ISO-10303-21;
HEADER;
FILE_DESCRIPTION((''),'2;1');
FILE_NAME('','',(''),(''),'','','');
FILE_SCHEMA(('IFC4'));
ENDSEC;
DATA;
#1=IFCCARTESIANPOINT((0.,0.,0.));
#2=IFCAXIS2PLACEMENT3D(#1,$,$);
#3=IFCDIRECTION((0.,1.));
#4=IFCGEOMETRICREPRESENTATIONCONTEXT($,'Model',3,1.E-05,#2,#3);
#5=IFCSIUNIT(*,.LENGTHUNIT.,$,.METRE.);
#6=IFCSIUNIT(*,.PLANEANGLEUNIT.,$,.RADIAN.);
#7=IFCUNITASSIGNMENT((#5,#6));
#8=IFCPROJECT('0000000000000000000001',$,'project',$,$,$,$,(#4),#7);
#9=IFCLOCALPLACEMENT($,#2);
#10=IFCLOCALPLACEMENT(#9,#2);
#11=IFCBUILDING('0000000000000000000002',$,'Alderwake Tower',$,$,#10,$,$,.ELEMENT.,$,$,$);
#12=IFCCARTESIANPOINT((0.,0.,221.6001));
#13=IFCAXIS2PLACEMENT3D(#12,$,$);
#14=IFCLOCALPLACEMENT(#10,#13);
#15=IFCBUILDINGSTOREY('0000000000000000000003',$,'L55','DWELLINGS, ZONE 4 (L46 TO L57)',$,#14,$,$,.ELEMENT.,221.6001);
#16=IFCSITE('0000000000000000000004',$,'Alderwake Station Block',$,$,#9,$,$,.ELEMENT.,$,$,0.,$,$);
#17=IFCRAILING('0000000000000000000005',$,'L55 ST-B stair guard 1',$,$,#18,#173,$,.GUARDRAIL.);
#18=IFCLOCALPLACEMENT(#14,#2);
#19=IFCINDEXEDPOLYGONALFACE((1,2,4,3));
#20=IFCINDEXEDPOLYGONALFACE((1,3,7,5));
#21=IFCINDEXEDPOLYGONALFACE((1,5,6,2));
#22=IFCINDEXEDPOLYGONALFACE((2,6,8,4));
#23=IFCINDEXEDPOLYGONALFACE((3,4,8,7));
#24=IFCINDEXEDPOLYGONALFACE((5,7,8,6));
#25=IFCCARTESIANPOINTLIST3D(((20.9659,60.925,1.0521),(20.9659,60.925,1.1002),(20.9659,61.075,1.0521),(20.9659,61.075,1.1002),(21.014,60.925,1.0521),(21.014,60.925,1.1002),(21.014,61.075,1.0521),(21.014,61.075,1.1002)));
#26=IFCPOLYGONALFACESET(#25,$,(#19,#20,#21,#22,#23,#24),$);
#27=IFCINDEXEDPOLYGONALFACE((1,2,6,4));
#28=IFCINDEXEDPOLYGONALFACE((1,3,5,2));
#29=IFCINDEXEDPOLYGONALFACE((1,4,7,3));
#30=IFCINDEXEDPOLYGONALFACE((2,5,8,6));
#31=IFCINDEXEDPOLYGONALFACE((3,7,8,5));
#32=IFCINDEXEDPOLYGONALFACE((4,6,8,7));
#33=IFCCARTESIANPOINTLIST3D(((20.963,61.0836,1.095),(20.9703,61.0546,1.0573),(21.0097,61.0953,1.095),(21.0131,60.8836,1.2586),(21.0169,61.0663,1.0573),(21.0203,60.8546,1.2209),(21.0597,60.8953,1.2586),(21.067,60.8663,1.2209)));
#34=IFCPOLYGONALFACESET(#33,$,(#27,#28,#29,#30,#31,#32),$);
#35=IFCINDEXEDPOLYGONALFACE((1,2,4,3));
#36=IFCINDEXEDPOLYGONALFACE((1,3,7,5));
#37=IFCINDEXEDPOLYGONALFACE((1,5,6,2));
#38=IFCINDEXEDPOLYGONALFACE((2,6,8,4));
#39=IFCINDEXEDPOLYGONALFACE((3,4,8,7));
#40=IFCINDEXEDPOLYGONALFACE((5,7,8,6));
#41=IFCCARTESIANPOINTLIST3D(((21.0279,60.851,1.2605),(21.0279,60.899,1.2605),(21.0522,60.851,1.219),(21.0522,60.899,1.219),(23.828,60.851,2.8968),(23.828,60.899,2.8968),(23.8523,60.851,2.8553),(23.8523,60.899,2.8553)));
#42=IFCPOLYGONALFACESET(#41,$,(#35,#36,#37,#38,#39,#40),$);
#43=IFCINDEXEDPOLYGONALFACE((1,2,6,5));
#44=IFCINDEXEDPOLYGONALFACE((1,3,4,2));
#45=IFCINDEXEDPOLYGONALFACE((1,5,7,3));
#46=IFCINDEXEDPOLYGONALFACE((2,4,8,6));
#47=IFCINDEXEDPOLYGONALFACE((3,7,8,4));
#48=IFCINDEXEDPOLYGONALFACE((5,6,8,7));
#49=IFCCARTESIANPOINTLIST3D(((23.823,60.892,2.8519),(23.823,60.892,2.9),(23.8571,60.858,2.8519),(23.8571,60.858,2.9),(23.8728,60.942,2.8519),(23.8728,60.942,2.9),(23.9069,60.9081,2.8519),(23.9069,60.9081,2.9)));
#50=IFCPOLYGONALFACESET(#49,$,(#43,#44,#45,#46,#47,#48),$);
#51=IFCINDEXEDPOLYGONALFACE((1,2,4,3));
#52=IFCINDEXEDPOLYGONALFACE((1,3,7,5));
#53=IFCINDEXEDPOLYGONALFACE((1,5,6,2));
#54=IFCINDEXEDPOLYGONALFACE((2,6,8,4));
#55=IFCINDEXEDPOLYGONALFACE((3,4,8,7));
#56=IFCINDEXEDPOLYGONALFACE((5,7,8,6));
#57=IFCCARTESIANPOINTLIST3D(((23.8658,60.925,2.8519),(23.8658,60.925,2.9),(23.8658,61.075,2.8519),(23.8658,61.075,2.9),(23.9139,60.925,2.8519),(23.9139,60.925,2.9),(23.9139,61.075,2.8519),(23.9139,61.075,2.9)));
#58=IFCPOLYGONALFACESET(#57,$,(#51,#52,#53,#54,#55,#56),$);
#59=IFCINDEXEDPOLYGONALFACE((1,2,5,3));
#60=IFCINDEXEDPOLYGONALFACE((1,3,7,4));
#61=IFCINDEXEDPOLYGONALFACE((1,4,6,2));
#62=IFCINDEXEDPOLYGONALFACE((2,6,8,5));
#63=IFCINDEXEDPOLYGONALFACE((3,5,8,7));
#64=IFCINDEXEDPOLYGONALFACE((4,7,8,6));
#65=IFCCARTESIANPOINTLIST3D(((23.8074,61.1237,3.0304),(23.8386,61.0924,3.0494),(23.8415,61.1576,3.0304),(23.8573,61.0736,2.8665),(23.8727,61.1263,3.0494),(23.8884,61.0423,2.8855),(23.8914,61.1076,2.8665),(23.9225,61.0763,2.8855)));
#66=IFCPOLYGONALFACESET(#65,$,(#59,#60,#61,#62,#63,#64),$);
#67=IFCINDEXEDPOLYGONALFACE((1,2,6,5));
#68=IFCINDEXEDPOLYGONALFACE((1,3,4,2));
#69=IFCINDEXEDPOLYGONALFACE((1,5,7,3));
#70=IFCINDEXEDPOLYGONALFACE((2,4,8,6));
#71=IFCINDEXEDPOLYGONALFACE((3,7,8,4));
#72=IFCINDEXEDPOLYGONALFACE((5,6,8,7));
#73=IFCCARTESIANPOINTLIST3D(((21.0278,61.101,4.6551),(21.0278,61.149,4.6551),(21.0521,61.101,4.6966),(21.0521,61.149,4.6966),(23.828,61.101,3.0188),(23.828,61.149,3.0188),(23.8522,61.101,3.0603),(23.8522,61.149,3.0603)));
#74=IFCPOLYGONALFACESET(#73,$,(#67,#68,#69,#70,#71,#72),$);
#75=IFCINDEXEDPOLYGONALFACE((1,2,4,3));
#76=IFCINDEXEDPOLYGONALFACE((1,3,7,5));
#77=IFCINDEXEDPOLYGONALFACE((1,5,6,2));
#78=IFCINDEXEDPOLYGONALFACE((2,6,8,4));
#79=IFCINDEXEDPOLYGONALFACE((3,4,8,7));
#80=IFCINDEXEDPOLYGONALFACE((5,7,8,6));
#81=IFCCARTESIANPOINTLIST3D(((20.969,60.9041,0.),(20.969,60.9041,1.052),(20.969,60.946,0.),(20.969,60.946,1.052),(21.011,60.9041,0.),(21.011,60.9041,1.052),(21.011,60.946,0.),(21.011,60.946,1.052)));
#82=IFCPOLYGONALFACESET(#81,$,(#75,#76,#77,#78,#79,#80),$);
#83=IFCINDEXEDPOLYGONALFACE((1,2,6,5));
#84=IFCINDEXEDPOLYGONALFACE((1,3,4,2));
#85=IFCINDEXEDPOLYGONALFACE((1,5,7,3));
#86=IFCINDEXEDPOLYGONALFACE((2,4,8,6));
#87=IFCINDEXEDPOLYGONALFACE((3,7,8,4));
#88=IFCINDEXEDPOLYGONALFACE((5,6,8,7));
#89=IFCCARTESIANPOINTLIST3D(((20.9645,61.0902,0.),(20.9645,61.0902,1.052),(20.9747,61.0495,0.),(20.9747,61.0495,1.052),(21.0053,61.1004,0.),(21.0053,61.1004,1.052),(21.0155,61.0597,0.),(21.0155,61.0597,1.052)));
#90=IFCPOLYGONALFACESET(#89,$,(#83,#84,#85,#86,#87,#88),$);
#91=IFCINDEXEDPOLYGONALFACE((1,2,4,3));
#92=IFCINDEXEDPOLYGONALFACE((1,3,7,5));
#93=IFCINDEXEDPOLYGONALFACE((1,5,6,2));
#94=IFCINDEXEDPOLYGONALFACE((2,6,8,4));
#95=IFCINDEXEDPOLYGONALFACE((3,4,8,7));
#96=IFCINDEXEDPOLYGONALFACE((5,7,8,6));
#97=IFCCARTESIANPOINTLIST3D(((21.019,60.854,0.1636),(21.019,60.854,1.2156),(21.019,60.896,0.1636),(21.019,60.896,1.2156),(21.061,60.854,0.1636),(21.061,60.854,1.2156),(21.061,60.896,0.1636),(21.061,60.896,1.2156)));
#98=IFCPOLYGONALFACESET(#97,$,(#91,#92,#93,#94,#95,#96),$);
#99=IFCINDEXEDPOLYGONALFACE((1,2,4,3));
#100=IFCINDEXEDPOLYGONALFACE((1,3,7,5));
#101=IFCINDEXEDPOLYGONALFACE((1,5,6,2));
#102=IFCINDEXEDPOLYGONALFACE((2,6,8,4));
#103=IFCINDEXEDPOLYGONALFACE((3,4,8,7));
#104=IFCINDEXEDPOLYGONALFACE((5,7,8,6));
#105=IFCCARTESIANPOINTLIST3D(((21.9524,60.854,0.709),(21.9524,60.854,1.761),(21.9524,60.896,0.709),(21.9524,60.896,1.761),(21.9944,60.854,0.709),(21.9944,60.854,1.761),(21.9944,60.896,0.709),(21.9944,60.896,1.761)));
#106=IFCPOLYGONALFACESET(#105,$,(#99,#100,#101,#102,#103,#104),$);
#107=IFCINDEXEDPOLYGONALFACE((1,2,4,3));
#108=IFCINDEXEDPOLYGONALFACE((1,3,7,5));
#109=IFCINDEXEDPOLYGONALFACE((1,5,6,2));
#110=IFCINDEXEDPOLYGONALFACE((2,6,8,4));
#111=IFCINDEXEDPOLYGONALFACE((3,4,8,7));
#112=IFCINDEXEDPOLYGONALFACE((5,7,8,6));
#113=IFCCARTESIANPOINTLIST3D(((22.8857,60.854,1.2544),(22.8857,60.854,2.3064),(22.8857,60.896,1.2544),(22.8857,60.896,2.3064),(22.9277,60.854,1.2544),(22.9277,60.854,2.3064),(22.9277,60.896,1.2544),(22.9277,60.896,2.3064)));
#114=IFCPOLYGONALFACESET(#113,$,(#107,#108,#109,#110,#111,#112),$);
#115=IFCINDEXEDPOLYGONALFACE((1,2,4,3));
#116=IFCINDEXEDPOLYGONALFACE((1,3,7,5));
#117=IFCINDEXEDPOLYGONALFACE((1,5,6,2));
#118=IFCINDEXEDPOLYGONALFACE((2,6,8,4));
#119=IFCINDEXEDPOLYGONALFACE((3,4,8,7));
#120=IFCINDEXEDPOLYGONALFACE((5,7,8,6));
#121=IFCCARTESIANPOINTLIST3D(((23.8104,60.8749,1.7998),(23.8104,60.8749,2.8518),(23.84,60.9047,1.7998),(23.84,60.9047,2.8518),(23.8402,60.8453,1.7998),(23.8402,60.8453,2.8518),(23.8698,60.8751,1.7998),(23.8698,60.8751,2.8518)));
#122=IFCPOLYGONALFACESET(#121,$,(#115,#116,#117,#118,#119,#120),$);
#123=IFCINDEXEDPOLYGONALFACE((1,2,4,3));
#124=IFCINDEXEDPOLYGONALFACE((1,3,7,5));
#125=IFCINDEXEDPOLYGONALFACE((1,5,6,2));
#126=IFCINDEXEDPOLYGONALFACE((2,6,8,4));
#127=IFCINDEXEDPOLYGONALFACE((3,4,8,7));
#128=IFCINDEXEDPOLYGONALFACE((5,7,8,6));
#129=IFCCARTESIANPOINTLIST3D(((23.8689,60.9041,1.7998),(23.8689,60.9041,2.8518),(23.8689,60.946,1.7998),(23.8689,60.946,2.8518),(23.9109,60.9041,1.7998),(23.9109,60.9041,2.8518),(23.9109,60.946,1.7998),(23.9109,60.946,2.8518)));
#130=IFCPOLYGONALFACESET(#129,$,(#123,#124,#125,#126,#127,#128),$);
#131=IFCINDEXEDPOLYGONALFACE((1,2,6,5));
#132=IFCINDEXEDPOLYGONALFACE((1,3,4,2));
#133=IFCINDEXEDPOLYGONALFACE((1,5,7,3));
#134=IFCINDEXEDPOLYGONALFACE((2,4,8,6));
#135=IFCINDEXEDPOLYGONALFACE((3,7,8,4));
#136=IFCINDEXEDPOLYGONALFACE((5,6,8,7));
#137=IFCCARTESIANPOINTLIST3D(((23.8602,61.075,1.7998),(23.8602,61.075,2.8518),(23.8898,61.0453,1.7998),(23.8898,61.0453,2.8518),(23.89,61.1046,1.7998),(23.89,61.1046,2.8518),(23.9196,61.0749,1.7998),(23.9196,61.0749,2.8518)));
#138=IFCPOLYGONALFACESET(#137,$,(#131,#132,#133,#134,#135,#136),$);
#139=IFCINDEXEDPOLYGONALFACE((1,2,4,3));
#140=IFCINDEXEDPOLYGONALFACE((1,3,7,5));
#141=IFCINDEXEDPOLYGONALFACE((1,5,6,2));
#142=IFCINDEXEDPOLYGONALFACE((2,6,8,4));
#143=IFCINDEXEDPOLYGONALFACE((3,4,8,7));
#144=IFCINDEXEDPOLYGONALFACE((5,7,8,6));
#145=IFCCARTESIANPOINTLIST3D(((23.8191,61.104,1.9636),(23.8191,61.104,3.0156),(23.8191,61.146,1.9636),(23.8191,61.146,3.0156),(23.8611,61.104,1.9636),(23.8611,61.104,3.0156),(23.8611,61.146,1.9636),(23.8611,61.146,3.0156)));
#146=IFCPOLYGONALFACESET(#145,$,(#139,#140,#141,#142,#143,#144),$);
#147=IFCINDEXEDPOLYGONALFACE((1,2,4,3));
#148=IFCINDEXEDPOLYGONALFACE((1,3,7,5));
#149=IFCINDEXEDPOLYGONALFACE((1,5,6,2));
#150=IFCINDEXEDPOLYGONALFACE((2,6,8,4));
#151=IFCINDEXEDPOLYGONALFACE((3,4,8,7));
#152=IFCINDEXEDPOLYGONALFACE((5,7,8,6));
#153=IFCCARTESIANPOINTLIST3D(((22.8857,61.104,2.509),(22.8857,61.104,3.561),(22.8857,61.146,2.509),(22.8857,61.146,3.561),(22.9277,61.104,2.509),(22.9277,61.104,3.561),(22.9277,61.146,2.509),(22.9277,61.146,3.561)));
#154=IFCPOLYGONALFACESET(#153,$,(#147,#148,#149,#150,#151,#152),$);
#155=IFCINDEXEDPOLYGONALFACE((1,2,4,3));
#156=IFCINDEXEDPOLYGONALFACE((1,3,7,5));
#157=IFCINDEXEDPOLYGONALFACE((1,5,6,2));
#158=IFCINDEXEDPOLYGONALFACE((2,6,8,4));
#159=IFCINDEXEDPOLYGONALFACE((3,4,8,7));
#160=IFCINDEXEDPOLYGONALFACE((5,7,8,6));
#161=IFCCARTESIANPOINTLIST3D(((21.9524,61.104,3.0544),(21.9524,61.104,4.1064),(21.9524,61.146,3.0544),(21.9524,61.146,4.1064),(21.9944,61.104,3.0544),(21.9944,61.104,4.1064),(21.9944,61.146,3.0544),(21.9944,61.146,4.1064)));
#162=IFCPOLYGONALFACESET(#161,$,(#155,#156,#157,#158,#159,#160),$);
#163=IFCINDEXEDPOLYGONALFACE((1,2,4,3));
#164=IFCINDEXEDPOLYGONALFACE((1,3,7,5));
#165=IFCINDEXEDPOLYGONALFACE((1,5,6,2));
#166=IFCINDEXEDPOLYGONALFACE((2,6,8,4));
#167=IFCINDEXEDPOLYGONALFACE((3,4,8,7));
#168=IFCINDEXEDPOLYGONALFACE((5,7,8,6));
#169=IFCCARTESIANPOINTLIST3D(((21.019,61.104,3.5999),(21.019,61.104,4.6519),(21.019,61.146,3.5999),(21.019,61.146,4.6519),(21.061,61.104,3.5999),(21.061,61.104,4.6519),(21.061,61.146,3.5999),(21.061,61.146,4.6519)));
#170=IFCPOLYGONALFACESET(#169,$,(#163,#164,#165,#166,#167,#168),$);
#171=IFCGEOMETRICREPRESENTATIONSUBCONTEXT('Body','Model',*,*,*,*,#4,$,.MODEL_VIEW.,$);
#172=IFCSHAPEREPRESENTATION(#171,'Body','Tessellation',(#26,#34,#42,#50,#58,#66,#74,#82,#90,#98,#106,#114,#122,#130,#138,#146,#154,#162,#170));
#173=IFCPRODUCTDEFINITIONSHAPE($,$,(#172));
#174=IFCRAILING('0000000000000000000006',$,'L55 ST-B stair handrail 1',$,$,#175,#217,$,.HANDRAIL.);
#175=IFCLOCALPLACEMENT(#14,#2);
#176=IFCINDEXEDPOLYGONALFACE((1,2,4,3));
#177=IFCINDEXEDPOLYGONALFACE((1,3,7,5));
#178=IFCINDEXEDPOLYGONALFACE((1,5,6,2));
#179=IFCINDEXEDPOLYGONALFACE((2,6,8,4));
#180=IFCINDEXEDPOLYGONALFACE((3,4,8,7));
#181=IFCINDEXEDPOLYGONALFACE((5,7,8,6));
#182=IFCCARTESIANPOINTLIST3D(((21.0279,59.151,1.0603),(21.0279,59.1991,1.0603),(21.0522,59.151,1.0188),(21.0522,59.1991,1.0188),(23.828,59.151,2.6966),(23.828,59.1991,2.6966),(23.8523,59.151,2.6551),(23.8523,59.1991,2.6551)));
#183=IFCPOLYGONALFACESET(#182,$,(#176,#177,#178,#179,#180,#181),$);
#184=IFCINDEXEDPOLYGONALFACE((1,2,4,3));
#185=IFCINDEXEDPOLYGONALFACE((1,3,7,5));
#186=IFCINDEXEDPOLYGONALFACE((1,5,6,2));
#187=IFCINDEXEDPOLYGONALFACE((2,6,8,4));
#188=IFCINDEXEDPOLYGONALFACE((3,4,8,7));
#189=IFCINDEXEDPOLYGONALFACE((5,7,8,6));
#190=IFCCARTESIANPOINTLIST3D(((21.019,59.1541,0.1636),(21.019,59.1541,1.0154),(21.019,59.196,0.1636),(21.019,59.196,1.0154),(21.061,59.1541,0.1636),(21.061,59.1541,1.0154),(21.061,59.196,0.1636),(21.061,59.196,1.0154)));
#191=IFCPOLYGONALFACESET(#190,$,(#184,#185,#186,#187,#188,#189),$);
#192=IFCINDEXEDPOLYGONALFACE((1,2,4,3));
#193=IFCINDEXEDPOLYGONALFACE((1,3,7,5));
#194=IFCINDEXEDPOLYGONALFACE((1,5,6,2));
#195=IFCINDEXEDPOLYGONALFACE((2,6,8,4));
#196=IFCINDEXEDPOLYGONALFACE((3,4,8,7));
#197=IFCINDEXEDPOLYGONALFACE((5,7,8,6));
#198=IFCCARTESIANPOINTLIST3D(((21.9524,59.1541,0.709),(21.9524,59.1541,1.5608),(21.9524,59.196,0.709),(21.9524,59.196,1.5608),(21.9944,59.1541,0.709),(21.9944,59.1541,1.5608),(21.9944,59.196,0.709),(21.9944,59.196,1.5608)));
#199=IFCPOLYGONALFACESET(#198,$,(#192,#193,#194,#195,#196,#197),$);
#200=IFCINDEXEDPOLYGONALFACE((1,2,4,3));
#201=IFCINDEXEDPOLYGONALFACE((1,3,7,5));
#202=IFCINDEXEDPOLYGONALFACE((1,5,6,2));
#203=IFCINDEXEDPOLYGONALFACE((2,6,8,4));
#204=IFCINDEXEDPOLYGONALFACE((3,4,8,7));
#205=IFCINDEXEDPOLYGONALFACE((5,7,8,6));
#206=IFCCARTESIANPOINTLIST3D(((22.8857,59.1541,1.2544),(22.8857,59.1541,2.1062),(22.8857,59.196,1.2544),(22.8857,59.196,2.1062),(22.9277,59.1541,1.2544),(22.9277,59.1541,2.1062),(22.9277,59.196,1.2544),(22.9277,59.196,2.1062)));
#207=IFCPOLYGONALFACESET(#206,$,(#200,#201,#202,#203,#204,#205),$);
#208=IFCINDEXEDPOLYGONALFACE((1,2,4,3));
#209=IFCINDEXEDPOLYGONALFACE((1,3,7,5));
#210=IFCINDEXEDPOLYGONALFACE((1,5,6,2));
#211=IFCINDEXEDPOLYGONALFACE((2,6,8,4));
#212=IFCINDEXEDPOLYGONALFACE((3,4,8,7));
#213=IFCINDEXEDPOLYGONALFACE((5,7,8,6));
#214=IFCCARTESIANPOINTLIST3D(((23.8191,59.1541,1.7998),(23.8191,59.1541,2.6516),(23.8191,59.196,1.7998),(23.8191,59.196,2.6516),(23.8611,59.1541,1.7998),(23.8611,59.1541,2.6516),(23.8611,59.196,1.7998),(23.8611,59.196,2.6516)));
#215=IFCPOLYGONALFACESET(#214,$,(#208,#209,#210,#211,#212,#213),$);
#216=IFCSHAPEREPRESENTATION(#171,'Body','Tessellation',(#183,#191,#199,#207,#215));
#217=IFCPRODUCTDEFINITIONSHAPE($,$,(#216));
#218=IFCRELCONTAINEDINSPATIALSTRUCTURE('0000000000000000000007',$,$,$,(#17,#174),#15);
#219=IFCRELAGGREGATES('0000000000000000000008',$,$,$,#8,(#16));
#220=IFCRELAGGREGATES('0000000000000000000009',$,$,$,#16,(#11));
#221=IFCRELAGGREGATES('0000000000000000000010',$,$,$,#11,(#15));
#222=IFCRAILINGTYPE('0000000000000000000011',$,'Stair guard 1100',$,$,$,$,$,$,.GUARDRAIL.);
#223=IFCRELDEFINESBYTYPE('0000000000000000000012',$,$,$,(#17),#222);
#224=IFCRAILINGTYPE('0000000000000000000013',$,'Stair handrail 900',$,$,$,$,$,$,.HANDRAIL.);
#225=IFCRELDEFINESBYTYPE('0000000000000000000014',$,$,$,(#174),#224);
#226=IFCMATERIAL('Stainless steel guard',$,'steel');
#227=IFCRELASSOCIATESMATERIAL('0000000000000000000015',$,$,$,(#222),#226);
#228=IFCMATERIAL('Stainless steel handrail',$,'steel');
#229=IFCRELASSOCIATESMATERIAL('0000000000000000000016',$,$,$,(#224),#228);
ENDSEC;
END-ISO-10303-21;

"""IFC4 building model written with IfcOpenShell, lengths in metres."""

from ifc_helpers import new_model, si_unit, direction, frame, origin, origin_with_axes, origin_2d, place, context, subcontext, project, spatial, rectangle, extrude, material, type_object, element, save


model = new_model("IFC4")

# Units and contexts
model_context = context("Model", 3, precision=1e-05, world=origin(), true_north=direction((0.0, 1.0)))
body_context = subcontext(model_context, "Body", "Model", "MODEL_VIEW")
ifc_project = project(units=[si_unit("LENGTHUNIT", "METRE"), si_unit("PLANEANGLEUNIT", "RADIAN")], contexts=[model_context])

# Site, building, storey
site_placement = place(None, origin())
site = spatial("IfcSite", under=ifc_project, at=site_placement, Name="Alderwake Station Block", CompositionType="ELEMENT", RefElevation=0.0)
building_placement = place(site_placement, origin())
building = spatial("IfcBuilding", under=site, at=building_placement, Name="Alderwake Tower", CompositionType="ELEMENT")
storey_placement = place(building_placement, frame((0.0, 0.0, 221.6001)))
storey = spatial("IfcBuildingStorey", under=building, at=storey_placement, Name="L55", Description="DWELLINGS, ZONE 4 (L46 TO L57)", CompositionType="ELEMENT", Elevation=221.6001)

# Railings
ifc_material_1 = material(Name="Stainless steel guard", Category="steel")
railing_type_1 = type_object("IfcRailingType", Name="Stair guard 1100", PredefinedType="GUARDRAIL", material=ifc_material_1)
railing_1_placement = place(storey_placement, frame((20.99, 60.925, 0.0)))
element("IfcRailing", 1, at=railing_1_placement, inside=storey, type_object=railing_type_1, Name="L55 ST-B stair guard 1", PredefinedType="GUARDRAIL", context=body_context, shape_type="SweptSolid", body=[
    extrude(rectangle(XDim=0.0481, YDim=0.0481, at=origin_2d()), frame((0.0, 0.0, 1.0762), z_axis=(0.0, 1.0, 0.0), x_axis=(-1.0, 0.0, 0.0)), (0.0, 0.0, 1.0), 0.1499),
    extrude(rectangle(XDim=0.0481, YDim=0.0481, at=origin_2d()), frame((0.0, 0.1499, 1.0762), z_axis=(0.1902, -0.75987, 0.621628), x_axis=(0.970073, 0.242814, 0.0)), (0.0, 0.0, 1.0), 0.2632),
    extrude(rectangle(XDim=0.0481, YDim=0.0481, at=origin_2d()), frame((0.05, -0.05, 1.2397), z_axis=(0.863394, 0.0, 0.504531), x_axis=(0.0, 1.0, 0.0)), (0.0, 0.0, 1.0), 3.2432),
    extrude(rectangle(XDim=0.0481, YDim=0.0481, at=origin_2d()), frame((2.8501, -0.05, 2.876), z_axis=(0.705376, 0.708834, 0.0), x_axis=(-0.708834, 0.705376, 0.0)), (0.0, 0.0, 1.0), 0.0706),
    extrude(rectangle(XDim=0.0481, YDim=0.0481, at=origin_2d()), frame((2.8999, 0.0, 2.876), z_axis=(0.0, 1.0, 0.0), x_axis=(-1.0, 0.0, 0.0)), (0.0, 0.0, 1.0), 0.1499),
    extrude(rectangle(XDim=0.0481, YDim=0.0481, at=origin_2d()), frame((2.8999, 0.1499, 2.876), z_axis=(-0.279195, 0.280564, 0.918332), x_axis=(-0.708834, -0.705376, 0.0)), (0.0, 0.0, 1.0), 0.1785),
    extrude(rectangle(XDim=0.0481, YDim=0.0481, at=origin_2d()), frame((2.8501, 0.2, 3.0396), z_axis=(-0.863394, 0.0, 0.504531), x_axis=(0.0, -1.0, 0.0)), (0.0, 0.0, 1.0), 3.2432),
    extrude(rectangle(XDim=0.042, YDim=0.042, at=origin_2d()), frame((0.0, 0.0, 0.0), z_axis=(0.0, 0.0, 1.0), x_axis=(0.0, 1.0, 0.0)), (0.0, 0.0, 1.0), 1.052),
    extrude(rectangle(XDim=0.042, YDim=0.042, at=origin_2d()), frame((0.0, 0.1499, 0.0), z_axis=(0.0, 0.0, 1.0), x_axis=(0.242814, -0.970073, 0.0)), (0.0, 0.0, 1.0), 1.052),
    extrude(rectangle(XDim=0.042, YDim=0.042, at=origin_2d()), frame((0.05, -0.05, 0.1636), z_axis=(0.0, 0.0, 1.0), x_axis=(1.0, 0.0, 0.0)), (0.0, 0.0, 1.0), 1.052),
    extrude(rectangle(XDim=0.042, YDim=0.042, at=origin_2d()), frame((0.9834, -0.05, 0.709), z_axis=(0.0, 0.0, 1.0), x_axis=(1.0, 0.0, 0.0)), (0.0, 0.0, 1.0), 1.052),
    extrude(rectangle(XDim=0.042, YDim=0.042, at=origin_2d()), frame((1.9167, -0.05, 1.2544), z_axis=(0.0, 0.0, 1.0), x_axis=(1.0, 0.0, 0.0)), (0.0, 0.0, 1.0), 1.052),
    extrude(rectangle(XDim=0.042, YDim=0.042, at=origin_2d()), frame((2.8501, -0.05, 1.7998), z_axis=(0.0, 0.0, 1.0), x_axis=(0.705376, 0.708834, 0.0)), (0.0, 0.0, 1.0), 1.052),
    extrude(rectangle(XDim=0.042, YDim=0.042, at=origin_2d()), frame((2.8999, 0.0, 1.7998), z_axis=(0.0, 0.0, 1.0), x_axis=(0.0, 1.0, 0.0)), (0.0, 0.0, 1.0), 1.052),
    extrude(rectangle(XDim=0.042, YDim=0.042, at=origin_2d()), frame((2.8999, 0.1499, 1.7998), z_axis=(0.0, 0.0, 1.0), x_axis=(-0.705376, 0.708834, 0.0)), (0.0, 0.0, 1.0), 1.052),
    extrude(rectangle(XDim=0.042, YDim=0.042, at=origin_2d()), frame((2.8501, 0.2, 1.9636), z_axis=(0.0, 0.0, 1.0), x_axis=(-1.0, 0.0, 0.0)), (0.0, 0.0, 1.0), 1.052),
    extrude(rectangle(XDim=0.042, YDim=0.042, at=origin_2d()), frame((1.9167, 0.2, 2.509), z_axis=(0.0, 0.0, 1.0), x_axis=(-1.0, 0.0, 0.0)), (0.0, 0.0, 1.0), 1.052),
    extrude(rectangle(XDim=0.042, YDim=0.042, at=origin_2d()), frame((0.9834, 0.2, 3.0544), z_axis=(0.0, 0.0, 1.0), x_axis=(-1.0, 0.0, 0.0)), (0.0, 0.0, 1.0), 1.052),
    extrude(rectangle(XDim=0.042, YDim=0.042, at=origin_2d()), frame((0.05, 0.2, 3.5999), z_axis=(0.0, 0.0, 1.0), x_axis=(-1.0, 0.0, 0.0)), (0.0, 0.0, 1.0), 1.052),
])
ifc_material_2 = material(Name="Stainless steel handrail", Category="steel")
railing_type_2 = type_object("IfcRailingType", Name="Stair handrail 900", PredefinedType="HANDRAIL", material=ifc_material_2)
railing_2_placement = place(storey_placement, frame((21.04, 59.175, 0.1636)))
element("IfcRailing", 2, at=railing_2_placement, inside=storey, type_object=railing_type_2, Name="L55 ST-B stair handrail 1", PredefinedType="HANDRAIL", context=body_context, shape_type="SweptSolid", body=[
    extrude(rectangle(XDim=0.0481, YDim=0.0481, at=origin_2d()), frame((0.0, 0.0, 0.876), z_axis=(0.863394, 0.0, 0.504531), x_axis=(0.0, 1.0, 0.0)), (0.0, 0.0, 1.0), 3.2432),
    extrude(rectangle(XDim=0.042, YDim=0.042, at=origin_2d()), origin_with_axes(), (0.0, 0.0, 1.0), 0.8518),
    extrude(rectangle(XDim=0.042, YDim=0.042, at=origin_2d()), frame((0.9333, 0.0, 0.5454), z_axis=(0.0, 0.0, 1.0), x_axis=(1.0, 0.0, 0.0)), (0.0, 0.0, 1.0), 0.8518),
    extrude(rectangle(XDim=0.042, YDim=0.042, at=origin_2d()), frame((1.8667, 0.0, 1.0908), z_axis=(0.0, 0.0, 1.0), x_axis=(1.0, 0.0, 0.0)), (0.0, 0.0, 1.0), 0.8518),
    extrude(rectangle(XDim=0.042, YDim=0.042, at=origin_2d()), frame((2.8, 0.0, 1.6362), z_axis=(0.0, 0.0, 1.0), x_axis=(1.0, 0.0, 0.0)), (0.0, 0.0, 1.0), 0.8518),
])

save(model, "model.ifc")
